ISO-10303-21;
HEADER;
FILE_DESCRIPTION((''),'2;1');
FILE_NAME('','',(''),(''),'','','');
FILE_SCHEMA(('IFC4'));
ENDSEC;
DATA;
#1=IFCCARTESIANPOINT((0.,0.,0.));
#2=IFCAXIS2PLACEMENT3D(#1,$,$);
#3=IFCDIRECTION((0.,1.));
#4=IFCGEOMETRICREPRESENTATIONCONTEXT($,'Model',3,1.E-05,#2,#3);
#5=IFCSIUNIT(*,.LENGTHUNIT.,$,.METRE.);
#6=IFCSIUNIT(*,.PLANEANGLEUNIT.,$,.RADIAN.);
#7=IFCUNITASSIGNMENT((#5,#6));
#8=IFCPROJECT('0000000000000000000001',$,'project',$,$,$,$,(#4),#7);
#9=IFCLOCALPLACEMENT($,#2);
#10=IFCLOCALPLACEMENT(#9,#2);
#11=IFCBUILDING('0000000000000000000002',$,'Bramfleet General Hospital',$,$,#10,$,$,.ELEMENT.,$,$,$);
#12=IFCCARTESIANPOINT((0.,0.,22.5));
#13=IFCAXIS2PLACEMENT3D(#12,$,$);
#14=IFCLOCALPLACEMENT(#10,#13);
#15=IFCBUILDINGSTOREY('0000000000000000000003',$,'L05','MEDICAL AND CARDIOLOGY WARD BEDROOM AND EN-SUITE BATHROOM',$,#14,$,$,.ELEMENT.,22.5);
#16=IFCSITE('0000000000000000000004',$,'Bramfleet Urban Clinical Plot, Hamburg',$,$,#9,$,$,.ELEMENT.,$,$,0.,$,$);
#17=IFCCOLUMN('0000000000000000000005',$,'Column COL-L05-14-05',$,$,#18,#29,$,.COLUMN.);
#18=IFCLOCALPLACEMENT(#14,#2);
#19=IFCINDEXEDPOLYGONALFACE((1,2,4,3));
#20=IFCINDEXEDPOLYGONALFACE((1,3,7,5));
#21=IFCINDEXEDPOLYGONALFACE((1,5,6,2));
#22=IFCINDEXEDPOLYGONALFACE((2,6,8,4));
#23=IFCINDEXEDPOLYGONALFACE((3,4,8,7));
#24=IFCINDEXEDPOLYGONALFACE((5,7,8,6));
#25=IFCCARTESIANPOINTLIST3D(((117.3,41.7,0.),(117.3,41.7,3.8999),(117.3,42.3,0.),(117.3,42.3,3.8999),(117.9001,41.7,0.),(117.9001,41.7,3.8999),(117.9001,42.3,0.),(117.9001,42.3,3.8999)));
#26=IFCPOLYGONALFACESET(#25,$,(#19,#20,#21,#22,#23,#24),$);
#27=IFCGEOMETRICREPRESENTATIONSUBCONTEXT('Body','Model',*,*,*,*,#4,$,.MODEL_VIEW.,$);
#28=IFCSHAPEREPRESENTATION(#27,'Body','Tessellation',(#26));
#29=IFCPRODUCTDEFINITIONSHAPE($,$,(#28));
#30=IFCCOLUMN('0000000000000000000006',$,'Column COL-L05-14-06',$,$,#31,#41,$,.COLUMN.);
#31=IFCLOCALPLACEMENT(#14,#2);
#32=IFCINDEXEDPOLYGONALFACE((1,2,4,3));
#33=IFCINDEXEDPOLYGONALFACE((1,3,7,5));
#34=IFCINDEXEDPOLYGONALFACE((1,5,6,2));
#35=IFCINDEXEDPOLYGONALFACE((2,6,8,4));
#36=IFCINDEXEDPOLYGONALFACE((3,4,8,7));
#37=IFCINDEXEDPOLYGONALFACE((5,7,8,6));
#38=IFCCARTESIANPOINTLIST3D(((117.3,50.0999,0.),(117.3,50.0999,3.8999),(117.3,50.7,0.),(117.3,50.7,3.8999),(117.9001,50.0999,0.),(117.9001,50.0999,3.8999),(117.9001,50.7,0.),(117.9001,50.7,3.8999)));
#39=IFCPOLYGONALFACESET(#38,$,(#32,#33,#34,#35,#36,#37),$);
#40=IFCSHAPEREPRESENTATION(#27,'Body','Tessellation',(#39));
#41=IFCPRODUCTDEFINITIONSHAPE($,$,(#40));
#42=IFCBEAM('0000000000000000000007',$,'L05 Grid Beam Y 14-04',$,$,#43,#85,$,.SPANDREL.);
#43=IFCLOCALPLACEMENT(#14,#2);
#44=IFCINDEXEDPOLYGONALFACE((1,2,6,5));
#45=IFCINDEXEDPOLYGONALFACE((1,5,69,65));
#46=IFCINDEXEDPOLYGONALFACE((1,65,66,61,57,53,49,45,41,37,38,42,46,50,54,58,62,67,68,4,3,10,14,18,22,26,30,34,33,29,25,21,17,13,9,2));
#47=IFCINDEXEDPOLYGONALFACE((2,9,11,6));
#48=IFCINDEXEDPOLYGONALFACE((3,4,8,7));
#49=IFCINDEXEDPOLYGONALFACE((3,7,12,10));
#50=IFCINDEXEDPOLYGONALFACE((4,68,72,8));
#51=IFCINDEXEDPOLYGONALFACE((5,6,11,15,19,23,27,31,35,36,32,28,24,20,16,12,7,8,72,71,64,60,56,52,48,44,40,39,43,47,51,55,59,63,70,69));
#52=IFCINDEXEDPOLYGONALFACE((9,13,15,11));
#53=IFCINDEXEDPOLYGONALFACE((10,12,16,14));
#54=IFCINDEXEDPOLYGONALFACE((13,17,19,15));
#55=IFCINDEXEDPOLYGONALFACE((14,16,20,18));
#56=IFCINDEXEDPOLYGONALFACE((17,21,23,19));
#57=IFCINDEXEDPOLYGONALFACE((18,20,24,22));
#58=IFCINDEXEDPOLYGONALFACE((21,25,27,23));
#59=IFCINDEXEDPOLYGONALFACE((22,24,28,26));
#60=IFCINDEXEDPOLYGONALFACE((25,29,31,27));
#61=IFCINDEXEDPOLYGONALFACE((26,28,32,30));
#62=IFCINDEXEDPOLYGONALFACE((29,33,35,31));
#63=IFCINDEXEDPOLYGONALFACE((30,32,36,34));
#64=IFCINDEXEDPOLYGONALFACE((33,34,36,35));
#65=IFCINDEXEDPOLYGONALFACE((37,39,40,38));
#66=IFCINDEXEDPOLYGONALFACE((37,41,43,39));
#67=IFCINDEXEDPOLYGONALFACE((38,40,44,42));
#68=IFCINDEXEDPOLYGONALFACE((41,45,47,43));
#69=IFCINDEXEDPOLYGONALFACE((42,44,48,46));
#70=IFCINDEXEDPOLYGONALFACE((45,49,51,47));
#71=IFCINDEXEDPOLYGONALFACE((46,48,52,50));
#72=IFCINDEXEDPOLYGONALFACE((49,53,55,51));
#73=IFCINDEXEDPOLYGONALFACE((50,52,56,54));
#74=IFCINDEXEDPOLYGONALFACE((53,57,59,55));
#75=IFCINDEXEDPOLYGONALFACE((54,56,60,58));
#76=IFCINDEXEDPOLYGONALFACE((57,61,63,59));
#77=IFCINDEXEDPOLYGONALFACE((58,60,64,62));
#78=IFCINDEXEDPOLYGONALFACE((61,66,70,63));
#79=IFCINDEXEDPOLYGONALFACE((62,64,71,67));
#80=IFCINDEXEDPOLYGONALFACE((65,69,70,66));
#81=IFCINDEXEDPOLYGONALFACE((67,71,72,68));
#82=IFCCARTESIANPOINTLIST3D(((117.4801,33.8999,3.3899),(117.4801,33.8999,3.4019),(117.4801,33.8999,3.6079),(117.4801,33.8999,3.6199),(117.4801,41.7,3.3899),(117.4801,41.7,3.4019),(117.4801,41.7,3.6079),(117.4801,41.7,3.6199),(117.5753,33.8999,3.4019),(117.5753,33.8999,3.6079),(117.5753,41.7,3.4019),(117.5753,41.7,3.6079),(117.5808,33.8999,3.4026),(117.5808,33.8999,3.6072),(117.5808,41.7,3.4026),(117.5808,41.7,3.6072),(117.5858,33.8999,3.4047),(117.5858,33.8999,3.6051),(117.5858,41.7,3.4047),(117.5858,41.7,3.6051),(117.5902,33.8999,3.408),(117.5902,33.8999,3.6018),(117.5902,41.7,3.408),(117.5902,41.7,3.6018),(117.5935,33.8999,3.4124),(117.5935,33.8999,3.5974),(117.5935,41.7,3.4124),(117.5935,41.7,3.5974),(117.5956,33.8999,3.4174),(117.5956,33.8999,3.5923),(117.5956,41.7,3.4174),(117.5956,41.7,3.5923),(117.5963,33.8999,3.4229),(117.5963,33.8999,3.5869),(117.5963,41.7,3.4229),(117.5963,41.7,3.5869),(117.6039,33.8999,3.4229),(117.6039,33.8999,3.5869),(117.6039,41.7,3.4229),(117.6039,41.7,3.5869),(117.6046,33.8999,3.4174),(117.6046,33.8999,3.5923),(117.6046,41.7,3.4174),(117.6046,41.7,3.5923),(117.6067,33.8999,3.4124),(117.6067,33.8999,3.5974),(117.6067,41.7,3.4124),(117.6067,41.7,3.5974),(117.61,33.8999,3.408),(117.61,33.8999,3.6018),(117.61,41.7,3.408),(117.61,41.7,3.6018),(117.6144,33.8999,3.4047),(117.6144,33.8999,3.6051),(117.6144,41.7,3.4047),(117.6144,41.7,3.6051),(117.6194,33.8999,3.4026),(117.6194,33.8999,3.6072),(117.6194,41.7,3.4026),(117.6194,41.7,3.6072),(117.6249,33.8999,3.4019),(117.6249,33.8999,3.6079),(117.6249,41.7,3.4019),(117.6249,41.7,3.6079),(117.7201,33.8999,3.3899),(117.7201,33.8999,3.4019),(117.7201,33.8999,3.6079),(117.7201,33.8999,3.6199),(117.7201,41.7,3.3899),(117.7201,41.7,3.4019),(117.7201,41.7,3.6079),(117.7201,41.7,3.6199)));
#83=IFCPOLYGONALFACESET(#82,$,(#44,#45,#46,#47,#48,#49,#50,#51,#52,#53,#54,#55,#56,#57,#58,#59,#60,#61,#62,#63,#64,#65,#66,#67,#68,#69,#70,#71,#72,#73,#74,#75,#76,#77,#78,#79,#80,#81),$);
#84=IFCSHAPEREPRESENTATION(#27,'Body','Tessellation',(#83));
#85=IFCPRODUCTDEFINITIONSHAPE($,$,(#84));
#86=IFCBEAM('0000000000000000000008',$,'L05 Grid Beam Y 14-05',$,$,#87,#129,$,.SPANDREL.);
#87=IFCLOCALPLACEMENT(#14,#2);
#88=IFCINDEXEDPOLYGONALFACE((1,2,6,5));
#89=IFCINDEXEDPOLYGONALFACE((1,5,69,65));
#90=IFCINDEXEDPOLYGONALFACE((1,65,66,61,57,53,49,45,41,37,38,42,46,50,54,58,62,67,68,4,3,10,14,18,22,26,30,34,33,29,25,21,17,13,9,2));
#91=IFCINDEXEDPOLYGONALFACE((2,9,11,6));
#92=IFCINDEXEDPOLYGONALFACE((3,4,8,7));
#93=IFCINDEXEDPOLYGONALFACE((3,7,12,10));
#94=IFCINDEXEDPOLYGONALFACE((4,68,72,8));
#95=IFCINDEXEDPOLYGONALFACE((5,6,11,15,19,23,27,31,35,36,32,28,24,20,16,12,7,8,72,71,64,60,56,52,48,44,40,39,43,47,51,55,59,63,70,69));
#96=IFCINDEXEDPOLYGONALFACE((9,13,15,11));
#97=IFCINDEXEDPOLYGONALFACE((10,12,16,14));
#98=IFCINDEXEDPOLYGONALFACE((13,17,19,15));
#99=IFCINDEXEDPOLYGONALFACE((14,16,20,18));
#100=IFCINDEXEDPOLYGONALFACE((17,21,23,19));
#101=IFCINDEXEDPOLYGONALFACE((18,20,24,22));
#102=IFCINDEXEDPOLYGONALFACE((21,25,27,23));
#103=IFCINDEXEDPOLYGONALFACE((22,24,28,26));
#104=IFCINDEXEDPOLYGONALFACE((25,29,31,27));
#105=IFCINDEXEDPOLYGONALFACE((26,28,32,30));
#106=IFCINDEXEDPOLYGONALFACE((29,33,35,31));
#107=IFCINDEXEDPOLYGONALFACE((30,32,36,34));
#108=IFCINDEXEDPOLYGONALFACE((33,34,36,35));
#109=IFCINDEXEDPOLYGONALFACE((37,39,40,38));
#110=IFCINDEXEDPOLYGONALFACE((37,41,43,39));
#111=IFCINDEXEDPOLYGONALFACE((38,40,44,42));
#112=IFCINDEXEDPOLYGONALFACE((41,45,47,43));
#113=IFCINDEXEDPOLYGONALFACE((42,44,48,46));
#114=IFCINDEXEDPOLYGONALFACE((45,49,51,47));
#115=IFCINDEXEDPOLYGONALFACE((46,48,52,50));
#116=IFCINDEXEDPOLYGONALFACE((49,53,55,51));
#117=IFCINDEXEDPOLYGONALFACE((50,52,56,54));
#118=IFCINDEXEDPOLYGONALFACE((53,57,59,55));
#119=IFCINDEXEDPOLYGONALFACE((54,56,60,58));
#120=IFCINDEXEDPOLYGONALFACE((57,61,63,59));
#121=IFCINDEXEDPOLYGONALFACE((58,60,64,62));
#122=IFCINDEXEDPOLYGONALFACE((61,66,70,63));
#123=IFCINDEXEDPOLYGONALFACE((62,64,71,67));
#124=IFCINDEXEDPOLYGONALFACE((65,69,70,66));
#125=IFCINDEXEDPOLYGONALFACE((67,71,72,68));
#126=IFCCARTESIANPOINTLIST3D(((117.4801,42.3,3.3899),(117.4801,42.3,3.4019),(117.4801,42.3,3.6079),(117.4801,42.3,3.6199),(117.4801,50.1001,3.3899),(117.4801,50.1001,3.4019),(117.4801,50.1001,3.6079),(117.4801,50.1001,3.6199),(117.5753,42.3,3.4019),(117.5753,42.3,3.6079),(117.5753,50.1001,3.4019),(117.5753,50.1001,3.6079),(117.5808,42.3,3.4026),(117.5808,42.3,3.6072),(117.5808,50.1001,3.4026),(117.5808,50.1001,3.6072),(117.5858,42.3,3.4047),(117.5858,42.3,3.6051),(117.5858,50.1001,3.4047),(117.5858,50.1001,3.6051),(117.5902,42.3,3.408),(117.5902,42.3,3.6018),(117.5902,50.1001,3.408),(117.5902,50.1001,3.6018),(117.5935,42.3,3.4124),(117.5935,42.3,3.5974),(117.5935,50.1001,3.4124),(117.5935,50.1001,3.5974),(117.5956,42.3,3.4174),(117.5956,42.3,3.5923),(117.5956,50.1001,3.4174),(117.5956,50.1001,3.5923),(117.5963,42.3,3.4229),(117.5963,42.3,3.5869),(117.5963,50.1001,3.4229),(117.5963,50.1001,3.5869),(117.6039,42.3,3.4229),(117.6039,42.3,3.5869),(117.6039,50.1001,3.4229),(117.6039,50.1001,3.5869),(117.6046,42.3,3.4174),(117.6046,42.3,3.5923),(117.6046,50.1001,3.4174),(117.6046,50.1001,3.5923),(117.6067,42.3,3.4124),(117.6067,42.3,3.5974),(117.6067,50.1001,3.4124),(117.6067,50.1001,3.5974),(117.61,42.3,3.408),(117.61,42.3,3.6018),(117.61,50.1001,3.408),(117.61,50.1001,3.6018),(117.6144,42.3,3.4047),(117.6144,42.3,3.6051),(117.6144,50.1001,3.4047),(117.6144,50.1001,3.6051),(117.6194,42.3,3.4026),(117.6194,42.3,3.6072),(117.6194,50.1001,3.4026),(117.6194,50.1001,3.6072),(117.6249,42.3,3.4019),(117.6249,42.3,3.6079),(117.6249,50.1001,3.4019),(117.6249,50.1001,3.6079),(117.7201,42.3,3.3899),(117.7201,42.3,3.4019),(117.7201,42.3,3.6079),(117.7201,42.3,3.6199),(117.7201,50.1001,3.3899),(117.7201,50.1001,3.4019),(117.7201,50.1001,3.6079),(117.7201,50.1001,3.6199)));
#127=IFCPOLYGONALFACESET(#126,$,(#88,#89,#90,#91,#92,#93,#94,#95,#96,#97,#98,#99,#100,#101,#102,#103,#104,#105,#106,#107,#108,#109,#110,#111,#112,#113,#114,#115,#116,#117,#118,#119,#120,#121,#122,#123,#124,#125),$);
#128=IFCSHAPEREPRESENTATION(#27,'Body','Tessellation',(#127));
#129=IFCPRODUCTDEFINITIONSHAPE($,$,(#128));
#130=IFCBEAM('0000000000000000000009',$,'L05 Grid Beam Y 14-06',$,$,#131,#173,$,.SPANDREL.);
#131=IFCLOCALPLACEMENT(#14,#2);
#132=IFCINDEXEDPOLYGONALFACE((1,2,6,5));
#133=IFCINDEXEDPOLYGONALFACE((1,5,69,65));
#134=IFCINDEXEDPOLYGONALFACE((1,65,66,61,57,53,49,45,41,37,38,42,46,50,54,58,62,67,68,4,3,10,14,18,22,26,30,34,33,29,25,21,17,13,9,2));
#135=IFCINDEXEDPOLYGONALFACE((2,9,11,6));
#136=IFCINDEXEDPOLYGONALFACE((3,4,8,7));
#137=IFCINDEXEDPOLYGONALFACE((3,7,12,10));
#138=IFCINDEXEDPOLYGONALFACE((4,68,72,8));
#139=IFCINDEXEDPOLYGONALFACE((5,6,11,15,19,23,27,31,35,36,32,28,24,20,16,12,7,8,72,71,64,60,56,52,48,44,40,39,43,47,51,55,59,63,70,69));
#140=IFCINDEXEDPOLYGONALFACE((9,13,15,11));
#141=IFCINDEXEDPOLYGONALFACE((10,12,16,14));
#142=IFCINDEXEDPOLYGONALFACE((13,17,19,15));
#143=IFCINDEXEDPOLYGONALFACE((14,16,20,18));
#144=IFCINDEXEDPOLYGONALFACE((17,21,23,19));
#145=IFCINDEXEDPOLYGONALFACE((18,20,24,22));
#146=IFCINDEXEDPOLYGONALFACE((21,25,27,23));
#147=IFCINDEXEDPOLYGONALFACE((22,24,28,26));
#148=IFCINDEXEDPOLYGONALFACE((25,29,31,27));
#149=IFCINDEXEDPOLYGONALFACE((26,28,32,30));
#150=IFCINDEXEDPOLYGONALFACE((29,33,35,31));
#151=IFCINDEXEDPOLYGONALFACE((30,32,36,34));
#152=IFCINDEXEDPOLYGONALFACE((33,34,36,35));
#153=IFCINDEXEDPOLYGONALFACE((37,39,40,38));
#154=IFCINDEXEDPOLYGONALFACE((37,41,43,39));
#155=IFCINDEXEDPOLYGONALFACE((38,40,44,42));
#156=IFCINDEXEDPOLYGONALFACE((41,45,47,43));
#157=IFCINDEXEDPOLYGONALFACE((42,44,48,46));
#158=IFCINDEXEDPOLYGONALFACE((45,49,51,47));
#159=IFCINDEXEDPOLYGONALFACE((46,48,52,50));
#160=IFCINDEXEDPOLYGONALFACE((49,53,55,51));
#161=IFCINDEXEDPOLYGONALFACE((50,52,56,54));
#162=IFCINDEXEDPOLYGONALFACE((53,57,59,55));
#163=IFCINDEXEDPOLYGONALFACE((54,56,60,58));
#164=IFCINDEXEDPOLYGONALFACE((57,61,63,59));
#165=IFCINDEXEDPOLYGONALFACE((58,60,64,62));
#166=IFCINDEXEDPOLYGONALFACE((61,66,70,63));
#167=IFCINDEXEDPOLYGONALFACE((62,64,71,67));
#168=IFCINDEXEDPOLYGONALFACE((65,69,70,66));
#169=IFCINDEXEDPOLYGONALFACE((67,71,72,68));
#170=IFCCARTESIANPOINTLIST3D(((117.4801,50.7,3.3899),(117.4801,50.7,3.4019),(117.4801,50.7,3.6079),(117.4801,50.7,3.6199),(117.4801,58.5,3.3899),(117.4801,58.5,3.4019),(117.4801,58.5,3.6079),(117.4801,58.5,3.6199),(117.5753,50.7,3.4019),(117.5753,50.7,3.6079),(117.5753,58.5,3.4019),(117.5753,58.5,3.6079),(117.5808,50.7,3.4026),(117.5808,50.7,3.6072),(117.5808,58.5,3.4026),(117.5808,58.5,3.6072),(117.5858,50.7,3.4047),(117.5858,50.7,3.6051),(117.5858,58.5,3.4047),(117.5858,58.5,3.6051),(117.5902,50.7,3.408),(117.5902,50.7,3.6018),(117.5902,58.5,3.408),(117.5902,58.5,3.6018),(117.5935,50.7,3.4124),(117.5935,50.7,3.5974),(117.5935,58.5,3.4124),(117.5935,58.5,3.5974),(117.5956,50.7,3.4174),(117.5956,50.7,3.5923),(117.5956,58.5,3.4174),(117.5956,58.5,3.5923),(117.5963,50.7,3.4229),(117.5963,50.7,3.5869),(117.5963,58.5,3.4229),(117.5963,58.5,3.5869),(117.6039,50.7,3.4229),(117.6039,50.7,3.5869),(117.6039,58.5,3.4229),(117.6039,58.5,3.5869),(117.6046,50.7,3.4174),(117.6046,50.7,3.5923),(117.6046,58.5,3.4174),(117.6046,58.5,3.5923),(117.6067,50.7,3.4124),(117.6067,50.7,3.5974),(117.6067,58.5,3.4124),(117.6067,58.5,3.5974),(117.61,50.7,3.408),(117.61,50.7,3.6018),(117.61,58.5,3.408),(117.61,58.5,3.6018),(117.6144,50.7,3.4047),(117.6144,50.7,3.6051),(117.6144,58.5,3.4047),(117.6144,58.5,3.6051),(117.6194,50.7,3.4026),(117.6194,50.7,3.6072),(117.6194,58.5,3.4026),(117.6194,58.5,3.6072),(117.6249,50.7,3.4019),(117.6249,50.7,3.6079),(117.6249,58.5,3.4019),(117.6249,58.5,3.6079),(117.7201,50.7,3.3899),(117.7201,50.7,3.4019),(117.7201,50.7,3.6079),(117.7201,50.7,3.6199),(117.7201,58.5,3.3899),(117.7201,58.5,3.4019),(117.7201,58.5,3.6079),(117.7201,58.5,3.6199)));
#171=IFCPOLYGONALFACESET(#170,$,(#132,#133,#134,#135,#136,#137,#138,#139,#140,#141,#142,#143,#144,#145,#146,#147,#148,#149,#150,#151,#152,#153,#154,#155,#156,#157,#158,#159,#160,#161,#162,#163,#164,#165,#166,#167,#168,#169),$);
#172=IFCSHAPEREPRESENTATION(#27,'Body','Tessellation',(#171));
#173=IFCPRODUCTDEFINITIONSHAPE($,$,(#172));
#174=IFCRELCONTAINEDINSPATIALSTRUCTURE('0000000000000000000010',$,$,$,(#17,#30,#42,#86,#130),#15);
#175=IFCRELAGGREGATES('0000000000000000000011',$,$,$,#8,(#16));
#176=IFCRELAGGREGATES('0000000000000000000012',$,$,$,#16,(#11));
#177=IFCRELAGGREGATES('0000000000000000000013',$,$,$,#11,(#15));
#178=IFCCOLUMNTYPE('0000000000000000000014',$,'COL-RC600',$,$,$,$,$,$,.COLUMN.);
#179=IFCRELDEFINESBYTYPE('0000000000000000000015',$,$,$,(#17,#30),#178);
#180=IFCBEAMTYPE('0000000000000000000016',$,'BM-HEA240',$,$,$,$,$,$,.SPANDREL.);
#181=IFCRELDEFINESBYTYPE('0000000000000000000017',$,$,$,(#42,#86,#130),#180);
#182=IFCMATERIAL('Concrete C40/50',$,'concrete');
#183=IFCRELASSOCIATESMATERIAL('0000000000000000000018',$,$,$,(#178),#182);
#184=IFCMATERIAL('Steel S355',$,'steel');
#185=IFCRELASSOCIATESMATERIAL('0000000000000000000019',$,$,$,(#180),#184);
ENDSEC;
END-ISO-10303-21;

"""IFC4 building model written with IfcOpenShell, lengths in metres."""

from ifc_helpers import new_model, si_unit, direction, frame, origin, origin_2d, place, context, subcontext, project, spatial, rectangle, i_section, extrude, material, material_profile, profile_set, type_object, element, save


model = new_model("IFC4")

# Units and contexts
model_context = context("Model", 3, precision=1e-05, world=origin(), true_north=direction((0.0, 1.0)))
body_context = subcontext(model_context, "Body", "Model", "MODEL_VIEW")
ifc_project = project(units=[si_unit("LENGTHUNIT", "METRE"), si_unit("PLANEANGLEUNIT", "RADIAN")], contexts=[model_context])

# Site, building, storey
site_placement = place(None, origin())
site = spatial("IfcSite", under=ifc_project, at=site_placement, Name="Bramfleet Urban Clinical Plot, Hamburg", CompositionType="ELEMENT", RefElevation=0.0)
building_placement = place(site_placement, origin())
building = spatial("IfcBuilding", under=site, at=building_placement, Name="Bramfleet General Hospital", CompositionType="ELEMENT")
storey_placement = place(building_placement, frame((0.0, 0.0, 22.5)))
storey = spatial("IfcBuildingStorey", under=building, at=storey_placement, Name="L05", Description="MEDICAL AND CARDIOLOGY WARD BEDROOM AND EN-SUITE BATHROOM", CompositionType="ELEMENT", Elevation=22.5)

# Columns
ifc_material_1 = material(Name="Concrete C40/50", Category="concrete")
ifc_material_profile_1 = material_profile(ifc_material_1, rectangle(XDim=0.6001, YDim=0.6001, at=origin_2d()), Name="RC COL 600x600")
ifc_profile_set_1 = profile_set([ifc_material_profile_1], Name="Concrete C40/50")
column_type = type_object("IfcColumnType", Name="COL-RC600", PredefinedType="COLUMN", material=ifc_profile_set_1)
for number, where, z_axis, x_axis, name in (
    (1, (117.6001, 42.0, 0.0), (0.0, 0.0, 1.0), (1.0, 0.0, 0.0), "Column COL-L05-14-05"),
    (2, (117.6001, 50.3999, 0.0), (0.0, 0.0, 1.0), (1.0, 0.0, 0.0), "Column COL-L05-14-06"),
):
    element("IfcColumn", number, at=place(storey_placement, frame(where, z_axis=z_axis, x_axis=x_axis)), inside=storey, type_object=column_type, Name=name, PredefinedType="COLUMN", context=body_context, shape_type="SweptSolid", body=[
        extrude(rectangle(XDim=0.6001, YDim=0.6001, at=origin_2d()), origin(), (0.0, 0.0, 1.0), 3.8999),
    ])

# Beams
ifc_material_2 = material(Name="Steel S355", Category="steel")
ifc_material_profile_2 = material_profile(ifc_material_2, i_section(OverallWidth=0.24, OverallDepth=0.23, WebThickness=0.0076, FlangeThickness=0.012, FilletRadius=0.021, at=origin_2d()), Name="HEA 240")
ifc_profile_set_2 = profile_set([ifc_material_profile_2], Name="Steel S355")
beam_type_1 = type_object("IfcBeamType", Name="BM-HEA240", PredefinedType="SPANDREL", material=ifc_profile_set_2)
for number, where, z_axis, x_axis, name in (
    (3, (117.6001, 33.8999, 3.5049), (0.0, 1.0, 0.0), (-1.0, 0.0, 0.0), "L05 Grid Beam Y 14-04"),
    (4, (117.6001, 42.3, 3.5049), (0.0, 1.0, 0.0), (-1.0, 0.0, 0.0), "L05 Grid Beam Y 14-05"),
    (5, (117.6001, 50.7, 3.5049), (0.0, 1.0, 0.0), (-1.0, 0.0, 0.0), "L05 Grid Beam Y 14-06"),
):
    element("IfcBeam", number, at=place(storey_placement, frame(where, z_axis=z_axis, x_axis=x_axis)), inside=storey, type_object=beam_type_1, Name=name, PredefinedType="SPANDREL", context=body_context, shape_type="SweptSolid", body=[
        extrude(i_section(OverallWidth=0.24, OverallDepth=0.23, WebThickness=0.0076, FlangeThickness=0.012, FilletRadius=0.021, at=origin_2d()), origin(), (0.0, 0.0, 1.0), 7.8),
    ])

save(model, "model.ifc")
